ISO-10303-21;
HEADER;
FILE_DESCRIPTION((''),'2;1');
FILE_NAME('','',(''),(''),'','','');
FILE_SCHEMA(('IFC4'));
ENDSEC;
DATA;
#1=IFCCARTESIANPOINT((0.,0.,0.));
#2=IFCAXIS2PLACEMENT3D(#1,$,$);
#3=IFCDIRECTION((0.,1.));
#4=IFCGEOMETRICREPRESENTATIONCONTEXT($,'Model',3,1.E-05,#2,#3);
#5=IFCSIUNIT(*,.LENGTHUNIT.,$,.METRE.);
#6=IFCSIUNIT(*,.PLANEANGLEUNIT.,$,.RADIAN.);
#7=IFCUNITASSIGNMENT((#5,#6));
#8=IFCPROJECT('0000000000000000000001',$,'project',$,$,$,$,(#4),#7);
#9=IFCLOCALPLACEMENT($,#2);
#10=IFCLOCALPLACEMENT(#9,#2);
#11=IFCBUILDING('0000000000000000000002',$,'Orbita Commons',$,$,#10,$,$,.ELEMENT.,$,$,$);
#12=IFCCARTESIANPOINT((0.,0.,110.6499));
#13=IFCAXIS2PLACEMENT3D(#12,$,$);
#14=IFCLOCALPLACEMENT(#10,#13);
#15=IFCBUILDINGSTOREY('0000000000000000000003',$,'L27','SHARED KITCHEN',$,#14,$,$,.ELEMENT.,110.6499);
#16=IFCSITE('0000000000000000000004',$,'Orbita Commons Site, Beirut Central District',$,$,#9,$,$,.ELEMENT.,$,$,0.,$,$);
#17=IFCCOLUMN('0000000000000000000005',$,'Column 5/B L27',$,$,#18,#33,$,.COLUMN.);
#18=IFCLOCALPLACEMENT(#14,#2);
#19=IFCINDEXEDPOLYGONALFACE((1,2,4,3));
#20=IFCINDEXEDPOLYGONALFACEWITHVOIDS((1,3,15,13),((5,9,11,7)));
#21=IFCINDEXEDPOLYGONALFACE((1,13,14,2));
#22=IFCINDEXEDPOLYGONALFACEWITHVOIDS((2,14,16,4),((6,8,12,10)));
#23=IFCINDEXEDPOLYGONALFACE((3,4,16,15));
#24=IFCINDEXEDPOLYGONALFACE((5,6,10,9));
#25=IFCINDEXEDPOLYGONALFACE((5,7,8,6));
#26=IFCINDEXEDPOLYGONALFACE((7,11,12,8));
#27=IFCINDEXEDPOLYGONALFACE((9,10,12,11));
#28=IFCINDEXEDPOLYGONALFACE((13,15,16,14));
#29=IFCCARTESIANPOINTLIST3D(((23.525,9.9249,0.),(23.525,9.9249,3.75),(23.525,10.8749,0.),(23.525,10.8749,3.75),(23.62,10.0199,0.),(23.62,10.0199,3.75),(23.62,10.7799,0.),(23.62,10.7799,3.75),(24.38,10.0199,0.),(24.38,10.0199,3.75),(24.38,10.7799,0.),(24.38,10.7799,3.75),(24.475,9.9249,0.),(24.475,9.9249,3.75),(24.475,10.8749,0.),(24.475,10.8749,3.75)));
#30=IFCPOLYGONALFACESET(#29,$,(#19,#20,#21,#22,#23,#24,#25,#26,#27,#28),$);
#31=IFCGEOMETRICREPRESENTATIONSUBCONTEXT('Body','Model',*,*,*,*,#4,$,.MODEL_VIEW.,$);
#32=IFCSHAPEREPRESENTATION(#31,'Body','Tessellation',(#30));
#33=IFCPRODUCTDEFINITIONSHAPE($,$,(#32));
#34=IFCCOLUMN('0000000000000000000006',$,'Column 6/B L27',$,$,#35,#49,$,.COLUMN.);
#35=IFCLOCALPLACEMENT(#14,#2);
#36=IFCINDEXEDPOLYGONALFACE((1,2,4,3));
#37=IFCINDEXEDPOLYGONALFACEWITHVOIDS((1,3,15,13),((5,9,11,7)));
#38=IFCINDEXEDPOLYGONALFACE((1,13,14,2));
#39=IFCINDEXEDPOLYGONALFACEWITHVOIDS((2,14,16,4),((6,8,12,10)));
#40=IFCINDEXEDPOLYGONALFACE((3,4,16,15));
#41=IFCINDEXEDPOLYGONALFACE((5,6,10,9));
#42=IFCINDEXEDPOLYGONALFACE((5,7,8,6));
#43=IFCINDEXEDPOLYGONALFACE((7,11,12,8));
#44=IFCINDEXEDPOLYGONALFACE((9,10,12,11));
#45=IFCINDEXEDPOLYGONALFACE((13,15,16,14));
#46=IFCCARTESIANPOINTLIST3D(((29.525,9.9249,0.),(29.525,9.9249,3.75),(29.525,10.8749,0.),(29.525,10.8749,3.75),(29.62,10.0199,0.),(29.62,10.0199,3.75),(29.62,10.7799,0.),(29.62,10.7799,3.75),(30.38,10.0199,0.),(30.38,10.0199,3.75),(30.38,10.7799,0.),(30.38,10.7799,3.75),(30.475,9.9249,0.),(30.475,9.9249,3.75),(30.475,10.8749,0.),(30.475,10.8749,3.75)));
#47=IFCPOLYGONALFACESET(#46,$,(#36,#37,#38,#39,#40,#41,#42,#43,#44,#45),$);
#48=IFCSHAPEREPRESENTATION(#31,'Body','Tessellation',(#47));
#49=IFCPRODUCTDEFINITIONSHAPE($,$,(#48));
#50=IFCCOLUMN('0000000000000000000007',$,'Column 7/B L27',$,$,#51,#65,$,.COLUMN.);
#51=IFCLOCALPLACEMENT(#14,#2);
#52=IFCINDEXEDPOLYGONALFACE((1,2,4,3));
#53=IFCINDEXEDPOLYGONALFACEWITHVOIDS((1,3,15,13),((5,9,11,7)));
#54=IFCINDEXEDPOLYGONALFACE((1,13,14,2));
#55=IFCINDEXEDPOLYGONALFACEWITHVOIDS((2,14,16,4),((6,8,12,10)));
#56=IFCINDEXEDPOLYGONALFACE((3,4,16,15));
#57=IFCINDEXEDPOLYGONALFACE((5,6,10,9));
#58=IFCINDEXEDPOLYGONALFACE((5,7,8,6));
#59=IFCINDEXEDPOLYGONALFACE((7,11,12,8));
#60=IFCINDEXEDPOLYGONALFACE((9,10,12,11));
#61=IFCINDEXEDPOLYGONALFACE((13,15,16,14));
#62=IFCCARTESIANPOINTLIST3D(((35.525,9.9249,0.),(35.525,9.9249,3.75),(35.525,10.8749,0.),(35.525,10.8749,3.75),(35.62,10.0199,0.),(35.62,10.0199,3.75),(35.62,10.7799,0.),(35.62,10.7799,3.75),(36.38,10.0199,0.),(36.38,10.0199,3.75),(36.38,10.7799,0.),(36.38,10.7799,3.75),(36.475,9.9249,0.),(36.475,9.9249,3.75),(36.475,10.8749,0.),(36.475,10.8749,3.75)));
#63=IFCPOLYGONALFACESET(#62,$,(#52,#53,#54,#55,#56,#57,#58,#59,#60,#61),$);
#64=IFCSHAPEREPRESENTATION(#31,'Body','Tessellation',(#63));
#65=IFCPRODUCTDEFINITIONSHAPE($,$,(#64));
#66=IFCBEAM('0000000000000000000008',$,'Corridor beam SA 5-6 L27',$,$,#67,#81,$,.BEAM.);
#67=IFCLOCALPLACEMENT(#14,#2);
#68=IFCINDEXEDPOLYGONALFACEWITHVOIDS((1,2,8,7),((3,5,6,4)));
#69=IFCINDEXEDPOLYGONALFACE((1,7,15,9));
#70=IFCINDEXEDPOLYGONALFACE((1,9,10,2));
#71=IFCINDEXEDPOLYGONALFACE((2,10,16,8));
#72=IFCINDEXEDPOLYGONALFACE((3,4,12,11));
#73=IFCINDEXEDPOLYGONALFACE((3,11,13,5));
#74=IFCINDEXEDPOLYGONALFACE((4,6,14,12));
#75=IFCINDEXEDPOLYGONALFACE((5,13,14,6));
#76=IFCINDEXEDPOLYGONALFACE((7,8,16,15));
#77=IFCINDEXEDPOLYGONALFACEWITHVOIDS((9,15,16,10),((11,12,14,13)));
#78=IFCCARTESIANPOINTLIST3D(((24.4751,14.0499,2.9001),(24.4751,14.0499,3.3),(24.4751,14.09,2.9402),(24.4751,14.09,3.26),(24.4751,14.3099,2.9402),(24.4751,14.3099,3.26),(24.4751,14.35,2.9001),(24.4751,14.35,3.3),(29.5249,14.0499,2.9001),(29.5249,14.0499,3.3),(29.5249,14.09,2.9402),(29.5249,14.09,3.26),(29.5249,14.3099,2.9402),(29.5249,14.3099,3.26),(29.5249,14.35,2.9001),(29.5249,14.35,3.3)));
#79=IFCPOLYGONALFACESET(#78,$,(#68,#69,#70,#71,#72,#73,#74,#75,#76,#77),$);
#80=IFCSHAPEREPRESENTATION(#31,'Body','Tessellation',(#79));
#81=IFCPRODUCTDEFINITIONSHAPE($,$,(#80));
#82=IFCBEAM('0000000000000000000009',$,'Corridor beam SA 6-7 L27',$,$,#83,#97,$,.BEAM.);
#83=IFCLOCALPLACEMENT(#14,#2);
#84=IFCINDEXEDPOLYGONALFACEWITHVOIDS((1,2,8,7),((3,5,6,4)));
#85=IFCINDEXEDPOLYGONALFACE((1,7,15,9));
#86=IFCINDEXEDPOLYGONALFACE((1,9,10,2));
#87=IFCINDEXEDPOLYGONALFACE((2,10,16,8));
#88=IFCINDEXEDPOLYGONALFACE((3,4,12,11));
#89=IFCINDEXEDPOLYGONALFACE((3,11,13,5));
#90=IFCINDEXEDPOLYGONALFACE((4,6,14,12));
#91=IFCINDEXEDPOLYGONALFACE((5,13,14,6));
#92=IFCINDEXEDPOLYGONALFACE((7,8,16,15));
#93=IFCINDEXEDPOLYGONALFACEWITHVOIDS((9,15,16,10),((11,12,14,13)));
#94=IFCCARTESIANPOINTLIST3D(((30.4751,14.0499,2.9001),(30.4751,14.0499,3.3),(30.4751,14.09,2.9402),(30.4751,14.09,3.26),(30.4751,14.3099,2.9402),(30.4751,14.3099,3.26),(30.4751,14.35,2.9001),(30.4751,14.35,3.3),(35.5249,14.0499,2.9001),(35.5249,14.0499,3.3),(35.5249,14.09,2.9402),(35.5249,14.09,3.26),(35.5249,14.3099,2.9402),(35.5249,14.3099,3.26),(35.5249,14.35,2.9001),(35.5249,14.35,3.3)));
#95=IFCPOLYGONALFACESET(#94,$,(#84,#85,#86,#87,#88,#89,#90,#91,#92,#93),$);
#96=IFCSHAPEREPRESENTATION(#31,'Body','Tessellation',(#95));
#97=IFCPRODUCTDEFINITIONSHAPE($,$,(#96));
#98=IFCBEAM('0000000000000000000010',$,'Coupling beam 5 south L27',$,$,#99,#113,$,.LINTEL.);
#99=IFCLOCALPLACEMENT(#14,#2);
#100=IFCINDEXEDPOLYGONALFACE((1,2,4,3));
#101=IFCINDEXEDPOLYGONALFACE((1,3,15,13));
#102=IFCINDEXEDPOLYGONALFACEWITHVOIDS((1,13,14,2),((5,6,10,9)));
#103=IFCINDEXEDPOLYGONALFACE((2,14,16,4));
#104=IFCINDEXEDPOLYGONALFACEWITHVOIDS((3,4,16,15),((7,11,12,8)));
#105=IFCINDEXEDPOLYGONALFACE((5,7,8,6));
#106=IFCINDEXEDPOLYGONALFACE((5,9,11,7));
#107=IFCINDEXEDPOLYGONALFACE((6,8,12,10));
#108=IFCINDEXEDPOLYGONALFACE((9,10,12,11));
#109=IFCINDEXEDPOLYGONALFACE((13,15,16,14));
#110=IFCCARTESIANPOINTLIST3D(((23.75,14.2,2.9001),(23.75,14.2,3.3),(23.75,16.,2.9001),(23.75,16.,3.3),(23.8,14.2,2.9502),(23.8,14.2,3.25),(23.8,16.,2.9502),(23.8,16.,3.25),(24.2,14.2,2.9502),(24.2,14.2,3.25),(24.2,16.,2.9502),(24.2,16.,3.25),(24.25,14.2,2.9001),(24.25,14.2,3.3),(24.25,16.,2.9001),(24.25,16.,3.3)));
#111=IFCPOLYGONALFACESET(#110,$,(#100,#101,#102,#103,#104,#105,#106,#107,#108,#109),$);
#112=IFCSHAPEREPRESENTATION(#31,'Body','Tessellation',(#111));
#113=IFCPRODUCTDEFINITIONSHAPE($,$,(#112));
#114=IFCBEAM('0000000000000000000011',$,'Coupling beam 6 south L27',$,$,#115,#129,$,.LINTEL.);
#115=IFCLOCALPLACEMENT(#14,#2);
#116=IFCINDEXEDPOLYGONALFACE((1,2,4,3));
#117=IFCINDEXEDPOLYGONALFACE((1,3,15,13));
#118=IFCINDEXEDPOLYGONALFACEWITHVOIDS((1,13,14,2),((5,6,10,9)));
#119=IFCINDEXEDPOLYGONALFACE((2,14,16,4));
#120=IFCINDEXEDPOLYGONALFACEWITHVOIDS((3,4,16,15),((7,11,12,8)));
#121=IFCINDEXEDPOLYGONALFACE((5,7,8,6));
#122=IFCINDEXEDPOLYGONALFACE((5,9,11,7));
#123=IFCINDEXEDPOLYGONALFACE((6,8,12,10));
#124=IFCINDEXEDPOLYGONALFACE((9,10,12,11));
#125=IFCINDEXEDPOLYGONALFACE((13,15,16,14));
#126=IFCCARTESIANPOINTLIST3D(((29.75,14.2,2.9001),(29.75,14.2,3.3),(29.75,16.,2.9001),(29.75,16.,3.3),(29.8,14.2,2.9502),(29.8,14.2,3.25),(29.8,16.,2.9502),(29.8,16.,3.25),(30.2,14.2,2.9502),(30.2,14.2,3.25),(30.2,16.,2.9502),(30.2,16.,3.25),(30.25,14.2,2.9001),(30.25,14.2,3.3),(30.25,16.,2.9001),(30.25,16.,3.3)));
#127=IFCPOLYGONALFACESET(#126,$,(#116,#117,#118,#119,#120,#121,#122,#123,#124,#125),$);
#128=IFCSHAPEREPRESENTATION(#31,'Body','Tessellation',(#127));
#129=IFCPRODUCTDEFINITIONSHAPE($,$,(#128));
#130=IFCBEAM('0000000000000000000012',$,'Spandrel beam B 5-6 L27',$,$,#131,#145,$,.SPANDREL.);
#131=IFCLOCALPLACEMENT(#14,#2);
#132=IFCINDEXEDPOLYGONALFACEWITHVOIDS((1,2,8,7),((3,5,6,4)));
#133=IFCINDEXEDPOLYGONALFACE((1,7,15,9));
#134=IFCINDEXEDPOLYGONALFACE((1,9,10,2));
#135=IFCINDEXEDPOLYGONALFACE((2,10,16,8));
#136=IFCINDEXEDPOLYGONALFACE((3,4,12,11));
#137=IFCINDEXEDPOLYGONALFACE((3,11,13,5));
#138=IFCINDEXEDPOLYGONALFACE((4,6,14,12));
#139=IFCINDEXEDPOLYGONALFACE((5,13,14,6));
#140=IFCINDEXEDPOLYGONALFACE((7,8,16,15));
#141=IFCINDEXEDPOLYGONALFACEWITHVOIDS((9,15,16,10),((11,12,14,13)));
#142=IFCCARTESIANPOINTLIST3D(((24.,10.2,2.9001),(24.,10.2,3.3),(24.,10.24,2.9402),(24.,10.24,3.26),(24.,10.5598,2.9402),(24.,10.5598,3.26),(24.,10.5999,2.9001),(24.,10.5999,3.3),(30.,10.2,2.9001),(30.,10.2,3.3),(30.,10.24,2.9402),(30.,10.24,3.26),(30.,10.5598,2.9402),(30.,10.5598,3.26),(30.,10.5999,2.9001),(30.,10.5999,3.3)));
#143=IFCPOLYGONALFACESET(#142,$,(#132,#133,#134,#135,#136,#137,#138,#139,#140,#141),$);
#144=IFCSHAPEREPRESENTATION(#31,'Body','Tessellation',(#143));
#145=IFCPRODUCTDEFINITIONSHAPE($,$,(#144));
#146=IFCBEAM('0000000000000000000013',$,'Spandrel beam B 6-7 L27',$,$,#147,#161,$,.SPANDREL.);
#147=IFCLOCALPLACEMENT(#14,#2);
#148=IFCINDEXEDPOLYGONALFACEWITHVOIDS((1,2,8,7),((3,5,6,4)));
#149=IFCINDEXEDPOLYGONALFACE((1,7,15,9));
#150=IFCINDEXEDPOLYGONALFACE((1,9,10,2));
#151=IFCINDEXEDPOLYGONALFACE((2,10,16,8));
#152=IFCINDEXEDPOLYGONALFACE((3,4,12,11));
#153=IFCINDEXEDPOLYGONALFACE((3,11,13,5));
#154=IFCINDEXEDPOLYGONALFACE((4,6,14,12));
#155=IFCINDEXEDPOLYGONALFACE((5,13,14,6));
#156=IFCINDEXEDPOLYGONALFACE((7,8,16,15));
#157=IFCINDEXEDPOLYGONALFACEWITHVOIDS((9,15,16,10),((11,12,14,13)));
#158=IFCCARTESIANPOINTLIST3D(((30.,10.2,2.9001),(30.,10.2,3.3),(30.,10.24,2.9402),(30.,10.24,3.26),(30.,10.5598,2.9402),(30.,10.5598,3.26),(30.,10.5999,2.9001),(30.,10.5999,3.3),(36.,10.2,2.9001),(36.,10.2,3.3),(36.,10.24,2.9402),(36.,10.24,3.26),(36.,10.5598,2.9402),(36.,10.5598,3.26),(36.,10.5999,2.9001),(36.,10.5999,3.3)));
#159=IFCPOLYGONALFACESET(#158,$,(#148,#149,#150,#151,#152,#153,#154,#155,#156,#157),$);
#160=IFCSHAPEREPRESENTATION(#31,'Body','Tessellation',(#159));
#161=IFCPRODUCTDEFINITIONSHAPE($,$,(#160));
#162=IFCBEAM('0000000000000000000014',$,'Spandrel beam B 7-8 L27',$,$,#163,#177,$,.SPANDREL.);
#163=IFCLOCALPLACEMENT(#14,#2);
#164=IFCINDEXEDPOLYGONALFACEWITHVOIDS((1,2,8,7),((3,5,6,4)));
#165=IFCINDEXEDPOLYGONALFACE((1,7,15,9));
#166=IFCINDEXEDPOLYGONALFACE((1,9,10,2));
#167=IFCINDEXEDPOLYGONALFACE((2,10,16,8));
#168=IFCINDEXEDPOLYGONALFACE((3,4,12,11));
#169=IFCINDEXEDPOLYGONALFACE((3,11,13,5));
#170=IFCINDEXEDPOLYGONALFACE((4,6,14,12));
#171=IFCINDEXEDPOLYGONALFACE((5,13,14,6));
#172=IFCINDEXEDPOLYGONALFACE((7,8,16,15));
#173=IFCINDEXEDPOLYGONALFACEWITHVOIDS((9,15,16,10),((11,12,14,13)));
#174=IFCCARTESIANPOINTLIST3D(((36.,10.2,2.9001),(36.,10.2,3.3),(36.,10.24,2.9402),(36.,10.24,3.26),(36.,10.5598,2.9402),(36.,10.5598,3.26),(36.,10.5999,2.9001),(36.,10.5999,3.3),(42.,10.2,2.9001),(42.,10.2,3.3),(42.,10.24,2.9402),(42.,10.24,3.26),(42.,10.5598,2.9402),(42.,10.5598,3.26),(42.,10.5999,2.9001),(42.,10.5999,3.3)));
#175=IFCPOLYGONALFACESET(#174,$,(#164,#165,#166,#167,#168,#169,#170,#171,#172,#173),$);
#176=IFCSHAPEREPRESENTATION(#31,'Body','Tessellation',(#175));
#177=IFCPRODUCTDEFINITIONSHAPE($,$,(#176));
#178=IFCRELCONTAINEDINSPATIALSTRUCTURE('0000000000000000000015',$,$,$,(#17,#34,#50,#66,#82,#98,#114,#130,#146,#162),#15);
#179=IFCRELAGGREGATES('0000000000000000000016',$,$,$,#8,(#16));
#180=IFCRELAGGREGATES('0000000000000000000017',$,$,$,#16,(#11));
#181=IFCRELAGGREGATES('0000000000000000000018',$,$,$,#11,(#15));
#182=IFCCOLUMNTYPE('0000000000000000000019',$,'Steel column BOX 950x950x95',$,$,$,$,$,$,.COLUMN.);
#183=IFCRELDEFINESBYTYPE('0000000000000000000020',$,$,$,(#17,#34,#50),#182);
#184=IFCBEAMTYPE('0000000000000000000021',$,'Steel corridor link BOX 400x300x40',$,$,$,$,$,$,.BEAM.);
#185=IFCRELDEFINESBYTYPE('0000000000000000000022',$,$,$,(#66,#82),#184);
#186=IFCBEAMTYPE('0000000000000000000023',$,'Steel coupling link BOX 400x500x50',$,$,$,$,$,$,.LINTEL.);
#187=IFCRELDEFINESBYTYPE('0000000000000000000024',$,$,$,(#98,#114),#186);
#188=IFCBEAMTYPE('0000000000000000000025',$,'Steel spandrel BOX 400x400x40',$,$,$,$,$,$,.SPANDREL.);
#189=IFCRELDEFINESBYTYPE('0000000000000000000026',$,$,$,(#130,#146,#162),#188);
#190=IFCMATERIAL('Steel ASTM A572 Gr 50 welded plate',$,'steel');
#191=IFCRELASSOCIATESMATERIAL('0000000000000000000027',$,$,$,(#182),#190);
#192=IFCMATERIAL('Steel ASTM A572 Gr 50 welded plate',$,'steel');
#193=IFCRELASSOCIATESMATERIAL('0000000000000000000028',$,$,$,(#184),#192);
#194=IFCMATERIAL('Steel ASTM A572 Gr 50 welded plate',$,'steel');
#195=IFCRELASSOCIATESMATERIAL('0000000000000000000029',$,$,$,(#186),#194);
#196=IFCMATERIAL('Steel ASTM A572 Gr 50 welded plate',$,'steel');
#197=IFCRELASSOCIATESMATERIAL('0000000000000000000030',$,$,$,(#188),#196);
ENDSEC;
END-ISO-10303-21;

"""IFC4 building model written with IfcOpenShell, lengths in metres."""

from ifc_helpers import new_model, si_unit, direction, frame, origin, origin_2d, place, context, subcontext, project, spatial, hollow_rectangle, extrude, material, material_profile, profile_set, type_object, element, save


model = new_model("IFC4")

# Units and contexts
model_context = context("Model", 3, precision=1e-05, world=origin(), true_north=direction((0.0, 1.0)))
body_context = subcontext(model_context, "Body", "Model", "MODEL_VIEW")
ifc_project = project(units=[si_unit("LENGTHUNIT", "METRE"), si_unit("PLANEANGLEUNIT", "RADIAN")], contexts=[model_context])

# Site, building, storey
site_placement = place(None, origin())
site = spatial("IfcSite", under=ifc_project, at=site_placement, Name="Orbita Commons Site, Beirut Central District", CompositionType="ELEMENT", RefElevation=0.0)
building_placement = place(site_placement, origin())
building = spatial("IfcBuilding", under=site, at=building_placement, Name="Orbita Commons", CompositionType="ELEMENT")
storey_placement = place(building_placement, frame((0.0, 0.0, 110.6499)))
storey = spatial("IfcBuildingStorey", under=building, at=storey_placement, Name="L27", Description="SHARED KITCHEN", CompositionType="ELEMENT", Elevation=110.6499)

# Columns
ifc_material_1 = material(Name="Steel ASTM A572 Gr 50 welded plate", Category="steel")
ifc_material_profile_1 = material_profile(ifc_material_1, hollow_rectangle(XDim=0.95, YDim=0.95, WallThickness=0.095, at=origin_2d()), Name="BOX 950x950x95")
ifc_profile_set_1 = profile_set([ifc_material_profile_1], Name="Steel ASTM A572 Gr 50 welded plate")
column_type = type_object("IfcColumnType", Name="Steel column BOX 950x950x95", PredefinedType="COLUMN", material=ifc_profile_set_1)
for number, where, z_axis, x_axis, name in (
    (1, (24.0, 10.3999, 0.0), (0.0, 0.0, 1.0), (1.0, 0.0, 0.0), "Column 5/B L27"),
    (2, (30.0, 10.3999, 0.0), (0.0, 0.0, 1.0), (1.0, 0.0, 0.0), "Column 6/B L27"),
    (3, (36.0, 10.3999, 0.0), (0.0, 0.0, 1.0), (1.0, 0.0, 0.0), "Column 7/B L27"),
):
    element("IfcColumn", number, at=place(storey_placement, frame(where, z_axis=z_axis, x_axis=x_axis)), inside=storey, type_object=column_type, Name=name, PredefinedType="COLUMN", context=body_context, shape_type="SweptSolid", body=[
        extrude(hollow_rectangle(XDim=0.95, YDim=0.95, WallThickness=0.095, at=origin_2d()), origin(), (0.0, 0.0, 1.0), 3.75),
    ])

# Beams
ifc_material_2 = material(Name="Steel ASTM A572 Gr 50 welded plate", Category="steel")
ifc_material_profile_2 = material_profile(ifc_material_2, hollow_rectangle(XDim=0.3, YDim=0.3999, WallThickness=0.04, at=origin_2d()), Name="BOX 400x300x40")
ifc_profile_set_2 = profile_set([ifc_material_profile_2], Name="Steel ASTM A572 Gr 50 welded plate")
beam_type_1 = type_object("IfcBeamType", Name="Steel corridor link BOX 400x300x40", PredefinedType="BEAM", material=ifc_profile_set_2)
for number, where, z_axis, x_axis, name in (
    (4, (24.4751, 14.2, 3.1001), (1.0, 0.0, 0.0), (0.0, 1.0, 0.0), "Corridor beam SA 5-6 L27"),
    (5, (30.4751, 14.2, 3.1001), (1.0, 0.0, 0.0), (0.0, 1.0, 0.0), "Corridor beam SA 6-7 L27"),
):
    element("IfcBeam", number, at=place(storey_placement, frame(where, z_axis=z_axis, x_axis=x_axis)), inside=storey, type_object=beam_type_1, Name=name, PredefinedType="BEAM", context=body_context, shape_type="SweptSolid", body=[
        extrude(hollow_rectangle(XDim=0.3, YDim=0.3999, WallThickness=0.04, at=origin_2d()), origin(), (0.0, 0.0, 1.0), 5.0498),
    ])
ifc_material_3 = material(Name="Steel ASTM A572 Gr 50 welded plate", Category="steel")
ifc_material_profile_3 = material_profile(ifc_material_3, hollow_rectangle(XDim=0.5, YDim=0.3999, WallThickness=0.05, at=origin_2d()), Name="BOX 400x500x50")
ifc_profile_set_3 = profile_set([ifc_material_profile_3], Name="Steel ASTM A572 Gr 50 welded plate")
beam_type_2 = type_object("IfcBeamType", Name="Steel coupling link BOX 400x500x50", PredefinedType="LINTEL", material=ifc_profile_set_3)
for number, where, z_axis, x_axis, name in (
    (6, (24.0, 14.2, 3.1001), (0.0, 1.0, 0.0), (-1.0, 0.0, 0.0), "Coupling beam 5 south L27"),
    (7, (30.0, 14.2, 3.1001), (0.0, 1.0, 0.0), (-1.0, 0.0, 0.0), "Coupling beam 6 south L27"),
):
    element("IfcBeam", number, at=place(storey_placement, frame(where, z_axis=z_axis, x_axis=x_axis)), inside=storey, type_object=beam_type_2, Name=name, PredefinedType="LINTEL", context=body_context, shape_type="SweptSolid", body=[
        extrude(hollow_rectangle(XDim=0.5, YDim=0.3999, WallThickness=0.05, at=origin_2d()), origin(), (0.0, 0.0, 1.0), 1.8),
    ])
ifc_material_4 = material(Name="Steel ASTM A572 Gr 50 welded plate", Category="steel")
ifc_material_profile_4 = material_profile(ifc_material_4, hollow_rectangle(XDim=0.3999, YDim=0.3999, WallThickness=0.04, at=origin_2d()), Name="BOX 400x400x40")
ifc_profile_set_4 = profile_set([ifc_material_profile_4], Name="Steel ASTM A572 Gr 50 welded plate")
beam_type_3 = type_object("IfcBeamType", Name="Steel spandrel BOX 400x400x40", PredefinedType="SPANDREL", material=ifc_profile_set_4)
for number, where, z_axis, x_axis, name in (
    (8, (24.0, 10.3999, 3.1001), (1.0, 0.0, 0.0), (0.0, 1.0, 0.0), "Spandrel beam B 5-6 L27"),
    (9, (30.0, 10.3999, 3.1001), (1.0, 0.0, 0.0), (0.0, 1.0, 0.0), "Spandrel beam B 6-7 L27"),
    (10, (36.0, 10.3999, 3.1001), (1.0, 0.0, 0.0), (0.0, 1.0, 0.0), "Spandrel beam B 7-8 L27"),
):
    element("IfcBeam", number, at=place(storey_placement, frame(where, z_axis=z_axis, x_axis=x_axis)), inside=storey, type_object=beam_type_3, Name=name, PredefinedType="SPANDREL", context=body_context, shape_type="SweptSolid", body=[
        extrude(hollow_rectangle(XDim=0.3999, YDim=0.3999, WallThickness=0.04, at=origin_2d()), origin(), (0.0, 0.0, 1.0), 6.0),
    ])

save(model, "model.ifc")
